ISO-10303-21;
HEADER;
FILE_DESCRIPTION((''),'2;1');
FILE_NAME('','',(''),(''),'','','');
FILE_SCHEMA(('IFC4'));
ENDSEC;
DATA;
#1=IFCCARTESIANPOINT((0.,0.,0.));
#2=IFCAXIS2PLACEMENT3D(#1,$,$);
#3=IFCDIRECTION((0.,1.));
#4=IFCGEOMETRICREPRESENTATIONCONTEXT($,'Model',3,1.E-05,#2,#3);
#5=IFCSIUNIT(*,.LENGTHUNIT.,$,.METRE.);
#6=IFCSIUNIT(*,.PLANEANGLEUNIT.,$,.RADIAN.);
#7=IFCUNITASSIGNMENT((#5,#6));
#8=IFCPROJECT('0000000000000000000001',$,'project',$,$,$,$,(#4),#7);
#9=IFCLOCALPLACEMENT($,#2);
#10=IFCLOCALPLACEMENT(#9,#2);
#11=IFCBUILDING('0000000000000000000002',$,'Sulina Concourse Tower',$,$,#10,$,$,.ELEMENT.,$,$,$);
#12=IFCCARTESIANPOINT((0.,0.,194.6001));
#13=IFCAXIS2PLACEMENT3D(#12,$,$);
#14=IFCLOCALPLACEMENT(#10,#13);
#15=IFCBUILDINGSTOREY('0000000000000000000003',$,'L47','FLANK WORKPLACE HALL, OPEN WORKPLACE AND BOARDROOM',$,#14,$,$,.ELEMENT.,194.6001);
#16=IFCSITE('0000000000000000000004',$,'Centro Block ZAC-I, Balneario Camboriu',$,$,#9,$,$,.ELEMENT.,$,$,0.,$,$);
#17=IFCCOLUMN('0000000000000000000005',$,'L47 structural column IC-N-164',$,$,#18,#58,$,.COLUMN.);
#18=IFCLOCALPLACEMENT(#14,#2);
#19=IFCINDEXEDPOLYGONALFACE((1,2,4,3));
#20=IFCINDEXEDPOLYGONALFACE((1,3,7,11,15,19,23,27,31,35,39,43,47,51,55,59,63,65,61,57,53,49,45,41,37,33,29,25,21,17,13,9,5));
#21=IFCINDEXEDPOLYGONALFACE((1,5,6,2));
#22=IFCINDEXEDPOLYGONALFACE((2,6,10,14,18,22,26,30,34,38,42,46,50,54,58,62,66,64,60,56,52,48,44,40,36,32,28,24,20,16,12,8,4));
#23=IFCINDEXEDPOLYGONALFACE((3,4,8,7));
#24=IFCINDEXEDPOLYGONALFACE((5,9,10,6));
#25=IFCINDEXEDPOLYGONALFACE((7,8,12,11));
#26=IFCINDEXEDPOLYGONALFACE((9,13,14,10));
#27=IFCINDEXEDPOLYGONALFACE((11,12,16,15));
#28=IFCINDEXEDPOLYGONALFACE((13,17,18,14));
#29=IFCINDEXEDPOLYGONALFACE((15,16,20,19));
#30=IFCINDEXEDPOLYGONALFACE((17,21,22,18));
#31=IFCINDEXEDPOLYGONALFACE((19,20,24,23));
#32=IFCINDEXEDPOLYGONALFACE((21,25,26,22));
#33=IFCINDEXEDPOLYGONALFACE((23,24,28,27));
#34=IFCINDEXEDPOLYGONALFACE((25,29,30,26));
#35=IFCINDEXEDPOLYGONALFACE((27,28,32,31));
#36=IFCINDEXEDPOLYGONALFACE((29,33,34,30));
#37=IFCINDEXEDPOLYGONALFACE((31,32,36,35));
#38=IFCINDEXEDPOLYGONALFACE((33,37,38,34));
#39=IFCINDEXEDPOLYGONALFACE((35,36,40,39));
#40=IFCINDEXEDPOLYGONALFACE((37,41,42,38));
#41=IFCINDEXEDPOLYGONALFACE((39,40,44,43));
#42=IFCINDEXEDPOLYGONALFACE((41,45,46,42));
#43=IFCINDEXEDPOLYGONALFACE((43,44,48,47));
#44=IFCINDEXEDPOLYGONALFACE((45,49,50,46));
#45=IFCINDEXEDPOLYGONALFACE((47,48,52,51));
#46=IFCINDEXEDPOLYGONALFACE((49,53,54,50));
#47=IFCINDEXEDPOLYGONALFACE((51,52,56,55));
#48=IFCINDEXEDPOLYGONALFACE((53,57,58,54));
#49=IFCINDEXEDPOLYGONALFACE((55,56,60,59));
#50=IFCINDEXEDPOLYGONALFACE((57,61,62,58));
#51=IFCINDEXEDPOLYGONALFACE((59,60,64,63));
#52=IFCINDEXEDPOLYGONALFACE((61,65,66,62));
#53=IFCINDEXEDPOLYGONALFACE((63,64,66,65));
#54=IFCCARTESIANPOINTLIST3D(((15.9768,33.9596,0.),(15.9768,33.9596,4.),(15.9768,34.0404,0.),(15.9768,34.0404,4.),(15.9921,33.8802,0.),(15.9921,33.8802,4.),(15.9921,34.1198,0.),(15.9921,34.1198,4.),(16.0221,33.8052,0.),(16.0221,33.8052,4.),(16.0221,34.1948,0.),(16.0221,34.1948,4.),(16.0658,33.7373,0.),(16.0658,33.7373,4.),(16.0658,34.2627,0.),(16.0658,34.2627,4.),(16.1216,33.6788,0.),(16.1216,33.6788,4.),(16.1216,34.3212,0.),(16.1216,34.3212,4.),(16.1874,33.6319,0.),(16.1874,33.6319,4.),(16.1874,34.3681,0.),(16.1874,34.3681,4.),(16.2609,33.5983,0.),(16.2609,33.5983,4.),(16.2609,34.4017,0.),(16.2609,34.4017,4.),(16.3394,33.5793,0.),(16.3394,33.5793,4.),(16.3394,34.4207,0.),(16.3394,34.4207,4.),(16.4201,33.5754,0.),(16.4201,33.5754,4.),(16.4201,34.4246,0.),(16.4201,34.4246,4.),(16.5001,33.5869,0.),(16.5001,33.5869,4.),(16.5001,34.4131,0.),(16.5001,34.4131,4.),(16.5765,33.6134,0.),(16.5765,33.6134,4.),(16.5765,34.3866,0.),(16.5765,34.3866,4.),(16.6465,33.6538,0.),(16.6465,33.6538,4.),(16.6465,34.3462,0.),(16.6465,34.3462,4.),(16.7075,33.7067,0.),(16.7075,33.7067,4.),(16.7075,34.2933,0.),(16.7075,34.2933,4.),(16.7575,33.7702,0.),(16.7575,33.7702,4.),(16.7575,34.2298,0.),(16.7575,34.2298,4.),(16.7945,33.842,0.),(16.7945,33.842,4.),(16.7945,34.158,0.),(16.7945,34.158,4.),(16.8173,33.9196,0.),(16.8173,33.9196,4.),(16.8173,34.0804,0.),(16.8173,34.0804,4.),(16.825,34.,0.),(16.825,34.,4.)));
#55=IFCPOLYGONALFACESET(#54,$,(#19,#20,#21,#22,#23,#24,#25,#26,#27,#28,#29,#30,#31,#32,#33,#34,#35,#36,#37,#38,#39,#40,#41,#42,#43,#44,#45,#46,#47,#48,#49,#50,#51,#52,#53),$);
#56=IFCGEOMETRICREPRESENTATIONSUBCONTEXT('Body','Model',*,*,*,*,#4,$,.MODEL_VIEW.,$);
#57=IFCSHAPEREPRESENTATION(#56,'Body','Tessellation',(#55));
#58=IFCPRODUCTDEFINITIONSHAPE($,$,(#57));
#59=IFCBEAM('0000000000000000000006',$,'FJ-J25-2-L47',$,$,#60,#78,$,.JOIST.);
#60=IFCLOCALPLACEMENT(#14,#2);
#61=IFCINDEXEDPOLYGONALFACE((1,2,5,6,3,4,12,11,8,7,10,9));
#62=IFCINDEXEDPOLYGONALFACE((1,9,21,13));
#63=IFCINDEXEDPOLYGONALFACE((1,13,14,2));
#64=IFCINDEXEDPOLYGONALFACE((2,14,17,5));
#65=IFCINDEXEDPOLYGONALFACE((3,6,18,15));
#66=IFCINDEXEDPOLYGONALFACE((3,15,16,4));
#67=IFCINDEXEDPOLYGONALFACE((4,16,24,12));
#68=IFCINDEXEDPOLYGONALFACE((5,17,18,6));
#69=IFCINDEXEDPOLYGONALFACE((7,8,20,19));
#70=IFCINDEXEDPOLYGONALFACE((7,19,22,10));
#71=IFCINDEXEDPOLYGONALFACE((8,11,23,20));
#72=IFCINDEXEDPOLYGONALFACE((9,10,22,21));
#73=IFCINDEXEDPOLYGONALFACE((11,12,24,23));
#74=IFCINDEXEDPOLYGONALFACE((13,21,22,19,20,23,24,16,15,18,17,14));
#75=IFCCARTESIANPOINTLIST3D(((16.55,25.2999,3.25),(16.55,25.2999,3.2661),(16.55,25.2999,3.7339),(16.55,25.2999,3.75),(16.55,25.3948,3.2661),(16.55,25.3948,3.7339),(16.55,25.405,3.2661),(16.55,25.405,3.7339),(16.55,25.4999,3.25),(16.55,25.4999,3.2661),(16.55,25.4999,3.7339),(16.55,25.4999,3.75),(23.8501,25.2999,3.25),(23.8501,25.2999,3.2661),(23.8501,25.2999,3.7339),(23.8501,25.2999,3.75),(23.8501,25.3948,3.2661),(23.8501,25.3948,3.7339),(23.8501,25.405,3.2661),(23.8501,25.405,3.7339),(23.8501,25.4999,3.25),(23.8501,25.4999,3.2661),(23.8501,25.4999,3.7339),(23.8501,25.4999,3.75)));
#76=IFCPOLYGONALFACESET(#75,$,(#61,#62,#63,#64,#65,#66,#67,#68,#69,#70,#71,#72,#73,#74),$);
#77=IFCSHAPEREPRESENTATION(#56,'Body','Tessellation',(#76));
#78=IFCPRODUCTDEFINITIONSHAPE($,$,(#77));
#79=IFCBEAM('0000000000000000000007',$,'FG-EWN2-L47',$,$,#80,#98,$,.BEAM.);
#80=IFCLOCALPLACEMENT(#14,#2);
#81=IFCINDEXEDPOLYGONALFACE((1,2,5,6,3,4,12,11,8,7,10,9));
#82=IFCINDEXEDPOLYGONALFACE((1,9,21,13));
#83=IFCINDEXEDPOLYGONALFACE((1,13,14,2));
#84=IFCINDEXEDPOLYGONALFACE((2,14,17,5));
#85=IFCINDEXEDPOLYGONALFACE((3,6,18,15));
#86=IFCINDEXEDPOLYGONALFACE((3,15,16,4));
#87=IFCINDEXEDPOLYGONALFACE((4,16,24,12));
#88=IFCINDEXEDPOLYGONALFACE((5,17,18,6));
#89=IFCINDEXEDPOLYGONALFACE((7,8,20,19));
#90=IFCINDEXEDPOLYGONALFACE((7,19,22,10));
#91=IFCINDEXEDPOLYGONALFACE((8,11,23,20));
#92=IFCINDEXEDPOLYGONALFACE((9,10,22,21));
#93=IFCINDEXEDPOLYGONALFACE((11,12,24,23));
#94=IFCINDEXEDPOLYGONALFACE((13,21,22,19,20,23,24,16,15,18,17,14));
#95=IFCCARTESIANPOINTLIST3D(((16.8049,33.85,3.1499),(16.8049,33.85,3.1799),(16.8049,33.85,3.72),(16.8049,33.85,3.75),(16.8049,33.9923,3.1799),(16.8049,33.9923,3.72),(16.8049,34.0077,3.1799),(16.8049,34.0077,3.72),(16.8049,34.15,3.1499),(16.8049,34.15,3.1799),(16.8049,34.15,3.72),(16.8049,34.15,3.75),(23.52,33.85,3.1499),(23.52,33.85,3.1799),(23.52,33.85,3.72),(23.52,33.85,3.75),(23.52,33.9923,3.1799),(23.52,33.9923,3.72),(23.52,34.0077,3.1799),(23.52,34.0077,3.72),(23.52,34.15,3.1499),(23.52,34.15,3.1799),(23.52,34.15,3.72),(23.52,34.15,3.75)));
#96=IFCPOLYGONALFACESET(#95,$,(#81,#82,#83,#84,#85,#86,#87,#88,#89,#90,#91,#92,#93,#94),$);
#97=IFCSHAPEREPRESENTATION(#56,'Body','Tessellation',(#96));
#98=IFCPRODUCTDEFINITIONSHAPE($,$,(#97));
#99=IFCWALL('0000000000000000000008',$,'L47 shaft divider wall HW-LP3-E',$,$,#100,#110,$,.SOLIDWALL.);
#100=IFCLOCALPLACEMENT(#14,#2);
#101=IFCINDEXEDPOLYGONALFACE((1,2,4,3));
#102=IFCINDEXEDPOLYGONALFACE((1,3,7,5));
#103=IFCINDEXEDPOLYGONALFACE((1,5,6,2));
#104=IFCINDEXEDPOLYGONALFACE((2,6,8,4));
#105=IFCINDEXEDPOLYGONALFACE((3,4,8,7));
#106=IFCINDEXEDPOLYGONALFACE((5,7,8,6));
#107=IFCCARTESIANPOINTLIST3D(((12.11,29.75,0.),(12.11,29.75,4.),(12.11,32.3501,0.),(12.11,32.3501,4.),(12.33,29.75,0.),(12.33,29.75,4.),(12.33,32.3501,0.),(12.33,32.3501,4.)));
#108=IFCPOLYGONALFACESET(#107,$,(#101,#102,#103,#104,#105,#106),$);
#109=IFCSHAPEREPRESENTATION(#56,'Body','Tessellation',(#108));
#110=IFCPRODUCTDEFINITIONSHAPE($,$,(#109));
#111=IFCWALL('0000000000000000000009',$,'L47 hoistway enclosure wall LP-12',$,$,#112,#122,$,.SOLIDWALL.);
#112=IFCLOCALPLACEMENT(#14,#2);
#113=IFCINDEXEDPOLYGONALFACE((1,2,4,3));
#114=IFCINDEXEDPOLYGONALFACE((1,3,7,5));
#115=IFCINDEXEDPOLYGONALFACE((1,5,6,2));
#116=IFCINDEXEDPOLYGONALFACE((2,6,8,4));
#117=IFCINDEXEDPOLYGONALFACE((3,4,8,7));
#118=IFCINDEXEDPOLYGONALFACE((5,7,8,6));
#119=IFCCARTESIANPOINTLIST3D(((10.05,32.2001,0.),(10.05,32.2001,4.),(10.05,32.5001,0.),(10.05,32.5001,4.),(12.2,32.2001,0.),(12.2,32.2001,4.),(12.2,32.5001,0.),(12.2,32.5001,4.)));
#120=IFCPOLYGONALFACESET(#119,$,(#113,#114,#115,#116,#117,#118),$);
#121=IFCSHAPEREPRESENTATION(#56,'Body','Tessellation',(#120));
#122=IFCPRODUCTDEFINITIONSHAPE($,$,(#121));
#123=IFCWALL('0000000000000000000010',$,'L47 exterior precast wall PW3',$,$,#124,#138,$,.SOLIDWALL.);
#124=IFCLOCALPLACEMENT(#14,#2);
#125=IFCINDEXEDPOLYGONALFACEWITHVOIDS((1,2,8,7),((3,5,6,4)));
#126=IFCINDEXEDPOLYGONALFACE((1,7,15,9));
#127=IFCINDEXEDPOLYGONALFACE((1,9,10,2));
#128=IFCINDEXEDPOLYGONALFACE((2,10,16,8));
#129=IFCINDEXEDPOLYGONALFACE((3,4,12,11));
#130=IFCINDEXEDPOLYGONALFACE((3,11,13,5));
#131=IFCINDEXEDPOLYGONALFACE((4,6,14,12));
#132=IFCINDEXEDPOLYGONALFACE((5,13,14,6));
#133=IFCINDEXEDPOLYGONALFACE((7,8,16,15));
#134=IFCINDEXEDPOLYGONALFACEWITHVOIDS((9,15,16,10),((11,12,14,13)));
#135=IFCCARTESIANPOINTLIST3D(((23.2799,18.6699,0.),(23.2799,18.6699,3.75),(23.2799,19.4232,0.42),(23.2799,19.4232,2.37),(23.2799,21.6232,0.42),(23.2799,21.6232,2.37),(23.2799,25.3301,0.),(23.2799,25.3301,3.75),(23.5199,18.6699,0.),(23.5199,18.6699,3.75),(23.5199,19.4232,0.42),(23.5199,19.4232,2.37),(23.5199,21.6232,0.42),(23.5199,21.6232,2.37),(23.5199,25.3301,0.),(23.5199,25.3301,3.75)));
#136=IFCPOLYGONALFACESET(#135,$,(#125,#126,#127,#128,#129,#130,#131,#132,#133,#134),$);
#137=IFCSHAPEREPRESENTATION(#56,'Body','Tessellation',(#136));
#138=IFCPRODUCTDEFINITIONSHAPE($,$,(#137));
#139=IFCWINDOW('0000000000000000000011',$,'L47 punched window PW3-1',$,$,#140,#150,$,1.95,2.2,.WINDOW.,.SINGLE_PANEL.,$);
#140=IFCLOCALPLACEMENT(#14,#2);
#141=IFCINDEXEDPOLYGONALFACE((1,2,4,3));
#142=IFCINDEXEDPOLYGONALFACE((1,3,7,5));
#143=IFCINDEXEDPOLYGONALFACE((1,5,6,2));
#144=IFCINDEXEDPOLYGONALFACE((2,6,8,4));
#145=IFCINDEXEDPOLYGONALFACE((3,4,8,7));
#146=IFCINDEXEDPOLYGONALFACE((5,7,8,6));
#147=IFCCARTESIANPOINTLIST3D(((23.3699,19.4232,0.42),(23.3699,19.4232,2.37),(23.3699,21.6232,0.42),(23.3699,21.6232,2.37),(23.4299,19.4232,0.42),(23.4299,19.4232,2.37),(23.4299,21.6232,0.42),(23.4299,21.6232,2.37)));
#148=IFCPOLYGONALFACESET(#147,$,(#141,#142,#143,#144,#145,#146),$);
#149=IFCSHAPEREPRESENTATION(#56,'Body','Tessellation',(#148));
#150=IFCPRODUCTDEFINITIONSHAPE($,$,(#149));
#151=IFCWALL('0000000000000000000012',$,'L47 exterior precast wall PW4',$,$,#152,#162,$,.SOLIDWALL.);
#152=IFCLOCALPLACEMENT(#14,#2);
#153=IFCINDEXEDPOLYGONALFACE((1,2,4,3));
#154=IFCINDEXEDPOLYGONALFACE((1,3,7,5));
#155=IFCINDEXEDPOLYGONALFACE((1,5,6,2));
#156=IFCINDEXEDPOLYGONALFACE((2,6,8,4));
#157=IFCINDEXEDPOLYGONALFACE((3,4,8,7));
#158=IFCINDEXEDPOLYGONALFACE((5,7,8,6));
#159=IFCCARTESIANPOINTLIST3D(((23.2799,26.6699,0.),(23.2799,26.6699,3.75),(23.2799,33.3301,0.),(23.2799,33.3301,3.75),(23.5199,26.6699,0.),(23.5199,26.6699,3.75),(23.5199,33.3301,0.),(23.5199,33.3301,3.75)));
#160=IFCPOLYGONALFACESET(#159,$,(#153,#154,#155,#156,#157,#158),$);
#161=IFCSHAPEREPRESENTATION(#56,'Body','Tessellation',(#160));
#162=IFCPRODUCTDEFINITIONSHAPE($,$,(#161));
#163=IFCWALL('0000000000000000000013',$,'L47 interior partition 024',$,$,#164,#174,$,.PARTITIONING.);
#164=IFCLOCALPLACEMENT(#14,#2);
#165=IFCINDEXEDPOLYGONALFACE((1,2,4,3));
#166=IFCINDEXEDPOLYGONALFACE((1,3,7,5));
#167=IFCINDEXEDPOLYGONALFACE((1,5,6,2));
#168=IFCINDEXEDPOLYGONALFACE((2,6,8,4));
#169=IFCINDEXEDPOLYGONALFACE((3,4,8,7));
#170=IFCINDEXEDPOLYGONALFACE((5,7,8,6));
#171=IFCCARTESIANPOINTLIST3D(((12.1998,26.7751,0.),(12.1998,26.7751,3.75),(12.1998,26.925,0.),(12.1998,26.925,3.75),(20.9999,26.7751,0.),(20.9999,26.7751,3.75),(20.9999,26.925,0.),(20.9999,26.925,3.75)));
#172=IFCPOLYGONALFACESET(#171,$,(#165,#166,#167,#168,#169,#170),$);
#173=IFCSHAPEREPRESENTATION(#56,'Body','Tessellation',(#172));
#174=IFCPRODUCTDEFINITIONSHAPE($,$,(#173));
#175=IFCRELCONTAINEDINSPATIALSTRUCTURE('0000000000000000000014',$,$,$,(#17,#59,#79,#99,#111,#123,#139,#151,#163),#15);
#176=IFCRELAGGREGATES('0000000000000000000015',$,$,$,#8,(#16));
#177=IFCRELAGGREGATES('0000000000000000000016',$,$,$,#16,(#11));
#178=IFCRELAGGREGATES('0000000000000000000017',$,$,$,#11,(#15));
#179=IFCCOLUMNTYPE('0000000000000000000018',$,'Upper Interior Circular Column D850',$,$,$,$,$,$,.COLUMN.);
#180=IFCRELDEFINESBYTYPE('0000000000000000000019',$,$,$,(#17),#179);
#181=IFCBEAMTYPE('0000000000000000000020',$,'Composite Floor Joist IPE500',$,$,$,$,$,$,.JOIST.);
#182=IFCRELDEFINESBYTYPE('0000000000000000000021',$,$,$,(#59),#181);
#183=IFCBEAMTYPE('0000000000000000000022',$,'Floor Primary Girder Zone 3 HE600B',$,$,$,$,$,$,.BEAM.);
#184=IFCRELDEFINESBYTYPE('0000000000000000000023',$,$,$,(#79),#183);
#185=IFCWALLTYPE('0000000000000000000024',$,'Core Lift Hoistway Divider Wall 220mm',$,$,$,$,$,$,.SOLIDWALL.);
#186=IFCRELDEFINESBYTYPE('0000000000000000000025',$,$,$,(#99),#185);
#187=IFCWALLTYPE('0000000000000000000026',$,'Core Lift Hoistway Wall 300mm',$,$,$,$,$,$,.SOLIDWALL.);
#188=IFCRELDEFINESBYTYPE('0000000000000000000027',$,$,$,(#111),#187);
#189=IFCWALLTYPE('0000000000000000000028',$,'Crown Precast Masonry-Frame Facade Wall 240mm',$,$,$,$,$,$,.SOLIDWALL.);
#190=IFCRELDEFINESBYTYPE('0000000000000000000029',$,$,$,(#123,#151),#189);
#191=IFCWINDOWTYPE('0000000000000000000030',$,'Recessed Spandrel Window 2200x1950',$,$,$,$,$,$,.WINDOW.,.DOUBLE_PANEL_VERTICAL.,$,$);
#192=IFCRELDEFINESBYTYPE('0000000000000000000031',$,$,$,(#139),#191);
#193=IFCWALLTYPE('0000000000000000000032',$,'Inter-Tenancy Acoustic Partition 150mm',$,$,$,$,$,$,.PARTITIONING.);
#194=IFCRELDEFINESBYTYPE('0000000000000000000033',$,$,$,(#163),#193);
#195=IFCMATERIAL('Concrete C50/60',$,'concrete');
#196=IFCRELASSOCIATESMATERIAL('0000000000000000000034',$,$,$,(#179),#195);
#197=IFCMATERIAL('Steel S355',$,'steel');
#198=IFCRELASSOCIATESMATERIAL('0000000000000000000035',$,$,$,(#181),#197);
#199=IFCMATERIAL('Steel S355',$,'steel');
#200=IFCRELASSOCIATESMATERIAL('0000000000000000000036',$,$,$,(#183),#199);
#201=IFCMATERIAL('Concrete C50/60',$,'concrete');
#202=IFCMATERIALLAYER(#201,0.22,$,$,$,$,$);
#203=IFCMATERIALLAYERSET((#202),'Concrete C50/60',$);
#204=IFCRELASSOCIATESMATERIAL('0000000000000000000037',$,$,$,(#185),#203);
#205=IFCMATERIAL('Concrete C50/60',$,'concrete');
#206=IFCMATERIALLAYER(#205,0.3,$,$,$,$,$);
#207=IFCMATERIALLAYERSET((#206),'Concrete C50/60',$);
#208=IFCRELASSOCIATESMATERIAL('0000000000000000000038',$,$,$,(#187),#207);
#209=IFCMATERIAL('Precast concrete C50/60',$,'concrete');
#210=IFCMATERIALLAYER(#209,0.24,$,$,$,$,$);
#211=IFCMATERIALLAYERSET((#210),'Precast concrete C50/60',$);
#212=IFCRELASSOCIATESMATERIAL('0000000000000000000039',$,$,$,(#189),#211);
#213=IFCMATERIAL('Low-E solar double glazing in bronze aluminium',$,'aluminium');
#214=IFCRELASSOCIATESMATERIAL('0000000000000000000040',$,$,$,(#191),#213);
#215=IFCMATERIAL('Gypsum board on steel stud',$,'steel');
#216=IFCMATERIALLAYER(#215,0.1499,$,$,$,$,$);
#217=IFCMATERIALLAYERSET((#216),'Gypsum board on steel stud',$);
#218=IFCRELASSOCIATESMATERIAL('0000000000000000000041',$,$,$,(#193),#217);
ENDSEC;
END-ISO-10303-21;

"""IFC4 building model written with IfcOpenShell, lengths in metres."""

from ifc_helpers import new_model, si_unit, direction, frame, frame_2d, origin, origin_2d, place, context, subcontext, project, spatial, rectangle, circle, i_section, extrude, material, layer, layer_set, material_profile, profile_set, type_object, element, fill, save


model = new_model("IFC4")

# Units and contexts
model_context = context("Model", 3, precision=1e-05, world=origin(), true_north=direction((0.0, 1.0)))
body_context = subcontext(model_context, "Body", "Model", "MODEL_VIEW")
ifc_project = project(units=[si_unit("LENGTHUNIT", "METRE"), si_unit("PLANEANGLEUNIT", "RADIAN")], contexts=[model_context])

# Site, building, storey
site_placement = place(None, origin())
site = spatial("IfcSite", under=ifc_project, at=site_placement, Name="Centro Block ZAC-I, Balneario Camboriu", CompositionType="ELEMENT", RefElevation=0.0)
building_placement = place(site_placement, origin())
building = spatial("IfcBuilding", under=site, at=building_placement, Name="Sulina Concourse Tower", CompositionType="ELEMENT")
storey_placement = place(building_placement, frame((0.0, 0.0, 194.6001)))
storey = spatial("IfcBuildingStorey", under=building, at=storey_placement, Name="L47", Description="FLANK WORKPLACE HALL, OPEN WORKPLACE AND BOARDROOM", CompositionType="ELEMENT", Elevation=194.6001)

# Column
ifc_material_1 = material(Name="Concrete C50/60", Category="concrete")
ifc_material_profile_1 = material_profile(ifc_material_1, circle(Radius=0.425, at=origin_2d()), Name="RC D850")
ifc_profile_set_1 = profile_set([ifc_material_profile_1], Name="Concrete C50/60")
column_type = type_object("IfcColumnType", Name="Upper Interior Circular Column D850", PredefinedType="COLUMN", material=ifc_profile_set_1)
column_placement = place(storey_placement, frame((16.3999, 34.0, 0.0), z_axis=(0.0, 0.0, 1.0), x_axis=(1.0, 0.0, 0.0)))
element("IfcColumn", 1, at=column_placement, inside=storey, type_object=column_type, Name="L47 structural column IC-N-164", PredefinedType="COLUMN", context=body_context, shape_type="SweptSolid", body=[
    extrude(circle(Radius=0.425, at=origin_2d()), origin(), (0.0, 0.0, 1.0), 4.0),
])

# Beams
ifc_material_2 = material(Name="Steel S355", Category="steel")
ifc_material_profile_2 = material_profile(ifc_material_2, i_section(OverallWidth=0.2, OverallDepth=0.5, WebThickness=0.0103, FlangeThickness=0.0161, at=origin_2d()), Name="IPE 500")
ifc_profile_set_2 = profile_set([ifc_material_profile_2], Name="Steel S355")
beam_type_1 = type_object("IfcBeamType", Name="Composite Floor Joist IPE500", PredefinedType="JOIST", material=ifc_profile_set_2)
beam_1_placement = place(storey_placement, frame((16.55, 25.3999, 3.5), z_axis=(1.0, 0.0, 0.0), x_axis=(0.0, 1.0, 0.0)))
element("IfcBeam", 2, at=beam_1_placement, inside=storey, type_object=beam_type_1, Name="FJ-J25-2-L47", PredefinedType="JOIST", context=body_context, shape_type="SweptSolid", body=[
    extrude(i_section(OverallWidth=0.2, OverallDepth=0.5, WebThickness=0.0103, FlangeThickness=0.0161, at=origin_2d()), origin(), (0.0, 0.0, 1.0), 7.3),
])
ifc_material_3 = material(Name="Steel S355", Category="steel")
ifc_material_profile_3 = material_profile(ifc_material_3, i_section(OverallWidth=0.3, OverallDepth=0.6001, WebThickness=0.0154, FlangeThickness=0.03, at=origin_2d()), Name="HE 600 B")
ifc_profile_set_3 = profile_set([ifc_material_profile_3], Name="Steel S355")
beam_type_2 = type_object("IfcBeamType", Name="Floor Primary Girder Zone 3 HE600B", PredefinedType="BEAM", material=ifc_profile_set_3)
beam_2_placement = place(storey_placement, frame((16.8049, 34.0, 3.45), z_axis=(1.0, 0.0, 0.0), x_axis=(0.0, 1.0, 0.0)))
element("IfcBeam", 3, at=beam_2_placement, inside=storey, type_object=beam_type_2, Name="FG-EWN2-L47", PredefinedType="BEAM", context=body_context, shape_type="SweptSolid", body=[
    extrude(i_section(OverallWidth=0.3, OverallDepth=0.6001, WebThickness=0.0154, FlangeThickness=0.03, at=origin_2d()), origin(), (0.0, 0.0, 1.0), 6.7151),
])

# Walls
ifc_material_4 = material(Name="Concrete C50/60", Category="concrete")
ifc_layer_1 = layer(ifc_material_4, 0.22)
ifc_layer_set_1 = layer_set([ifc_layer_1], Name="Concrete C50/60")
wall_type_1 = type_object("IfcWallType", Name="Core Lift Hoistway Divider Wall 220mm", PredefinedType="SOLIDWALL", material=ifc_layer_set_1)
wall_1_placement = place(storey_placement, frame((12.22, 29.75, 0.0), z_axis=(0.0, 0.0, 1.0), x_axis=(0.0, 1.0, 0.0)))
element("IfcWall", 4, at=wall_1_placement, inside=storey, type_object=wall_type_1, Name="L47 shaft divider wall HW-LP3-E", PredefinedType="SOLIDWALL", context=body_context, shape_type="SweptSolid", body=[
    extrude(rectangle(XDim=2.6001, YDim=0.22, at=frame_2d((1.3, 0.0))), origin(), (0.0, 0.0, 1.0), 4.0),
])
ifc_material_5 = material(Name="Concrete C50/60", Category="concrete")
ifc_layer_2 = layer(ifc_material_5, 0.3)
ifc_layer_set_2 = layer_set([ifc_layer_2], Name="Concrete C50/60")
wall_type_2 = type_object("IfcWallType", Name="Core Lift Hoistway Wall 300mm", PredefinedType="SOLIDWALL", material=ifc_layer_set_2)
wall_2_placement = place(storey_placement, frame((10.05, 32.3501, 0.0), z_axis=(0.0, 0.0, 1.0), x_axis=(1.0, 0.0, 0.0)))
element("IfcWall", 5, at=wall_2_placement, inside=storey, type_object=wall_type_2, Name="L47 hoistway enclosure wall LP-12", PredefinedType="SOLIDWALL", context=body_context, shape_type="SweptSolid", body=[
    extrude(rectangle(XDim=2.1499, YDim=0.3, at=frame_2d((1.075, 0.0))), origin(), (0.0, 0.0, 1.0), 4.0),
])

# Wall, opening, window
ifc_material_6 = material(Name="Precast concrete C50/60", Category="concrete")
ifc_layer_3 = layer(ifc_material_6, 0.24)
ifc_layer_set_3 = layer_set([ifc_layer_3], Name="Precast concrete C50/60")
wall_type_3 = type_object("IfcWallType", Name="Crown Precast Masonry-Frame Facade Wall 240mm", PredefinedType="SOLIDWALL", material=ifc_layer_set_3)
wall_3_placement = place(storey_placement, frame((23.3999, 25.3301, 0.0), z_axis=(0.0, 0.0, 1.0), x_axis=(0.0, -1.0, 0.0)))
wall_3 = element("IfcWall", 6, at=wall_3_placement, inside=storey, type_object=wall_type_3, Name="L47 exterior precast wall PW3", PredefinedType="SOLIDWALL", context=body_context, shape_type="SweptSolid", body=[
    extrude(rectangle(XDim=6.6602, YDim=0.24, at=frame_2d((3.3301, 0.0))), origin(), (0.0, 0.0, 1.0), 3.75),
])
opening_1_placement = place(wall_3_placement, frame((3.7068, 0.0, 0.4199)))
opening_1 = element("IfcOpeningElement", 7, at=opening_1_placement, cuts=wall_3, PredefinedType="OPENING", context=body_context, shape_type="SweptSolid", body=[
    extrude(rectangle(XDim=2.2, YDim=1.95, at=frame_2d((1.1001, 0.9751))), frame((0.0, 0.1299, 0.0), z_axis=(0.0, -1.0, 0.0), x_axis=(1.0, 0.0, 0.0)), (0.0, 0.0, 1.0), 0.26),
])
ifc_material_7 = material(Name="Low-E solar double glazing in bronze aluminium", Category="aluminium")
window_type = type_object("IfcWindowType", Name="Recessed Spandrel Window 2200x1950", PartitioningType="DOUBLE_PANEL_VERTICAL", PredefinedType="WINDOW", material=ifc_material_7)
window_placement = place(opening_1_placement, origin())
window = element("IfcWindow", 8, at=window_placement, inside=storey, type_object=window_type, Name="L47 punched window PW3-1", OverallHeight=1.95, OverallWidth=2.2, PartitioningType="SINGLE_PANEL", PredefinedType="WINDOW", context=body_context, shape_type="SweptSolid", body=[
    extrude(rectangle(XDim=2.2, YDim=1.95, at=frame_2d((1.1001, 0.9751))), frame((0.0, 0.03, 0.0), z_axis=(0.0, -1.0, 0.0), x_axis=(1.0, 0.0, 0.0)), (0.0, 0.0, 1.0), 0.0601),
])
fill(opening_1, window)

# Walls
wall_4_placement = place(storey_placement, frame((23.3999, 33.3301, 0.0), z_axis=(0.0, 0.0, 1.0), x_axis=(0.0, -1.0, 0.0)))
element("IfcWall", 9, at=wall_4_placement, inside=storey, type_object=wall_type_3, Name="L47 exterior precast wall PW4", PredefinedType="SOLIDWALL", context=body_context, shape_type="SweptSolid", body=[
    extrude(rectangle(XDim=6.6602, YDim=0.24, at=frame_2d((3.3301, 0.0))), origin(), (0.0, 0.0, 1.0), 3.75),
])
ifc_material_8 = material(Name="Gypsum board on steel stud", Category="steel")
ifc_layer_4 = layer(ifc_material_8, 0.1499)
ifc_layer_set_4 = layer_set([ifc_layer_4], Name="Gypsum board on steel stud")
wall_type_4 = type_object("IfcWallType", Name="Inter-Tenancy Acoustic Partition 150mm", PredefinedType="PARTITIONING", material=ifc_layer_set_4)
wall_5_placement = place(storey_placement, frame((12.2, 26.8501, 0.0), z_axis=(0.0, 0.0, 1.0), x_axis=(1.0, 0.0, 0.0)))
element("IfcWall", 10, at=wall_5_placement, inside=storey, type_object=wall_type_4, Name="L47 interior partition 024", PredefinedType="PARTITIONING", context=body_context, shape_type="SweptSolid", body=[
    extrude(rectangle(XDim=8.8, YDim=0.1499, at=frame_2d((4.3999, 0.0))), origin(), (0.0, 0.0, 1.0), 3.75),
])

save(model, "model.ifc")
